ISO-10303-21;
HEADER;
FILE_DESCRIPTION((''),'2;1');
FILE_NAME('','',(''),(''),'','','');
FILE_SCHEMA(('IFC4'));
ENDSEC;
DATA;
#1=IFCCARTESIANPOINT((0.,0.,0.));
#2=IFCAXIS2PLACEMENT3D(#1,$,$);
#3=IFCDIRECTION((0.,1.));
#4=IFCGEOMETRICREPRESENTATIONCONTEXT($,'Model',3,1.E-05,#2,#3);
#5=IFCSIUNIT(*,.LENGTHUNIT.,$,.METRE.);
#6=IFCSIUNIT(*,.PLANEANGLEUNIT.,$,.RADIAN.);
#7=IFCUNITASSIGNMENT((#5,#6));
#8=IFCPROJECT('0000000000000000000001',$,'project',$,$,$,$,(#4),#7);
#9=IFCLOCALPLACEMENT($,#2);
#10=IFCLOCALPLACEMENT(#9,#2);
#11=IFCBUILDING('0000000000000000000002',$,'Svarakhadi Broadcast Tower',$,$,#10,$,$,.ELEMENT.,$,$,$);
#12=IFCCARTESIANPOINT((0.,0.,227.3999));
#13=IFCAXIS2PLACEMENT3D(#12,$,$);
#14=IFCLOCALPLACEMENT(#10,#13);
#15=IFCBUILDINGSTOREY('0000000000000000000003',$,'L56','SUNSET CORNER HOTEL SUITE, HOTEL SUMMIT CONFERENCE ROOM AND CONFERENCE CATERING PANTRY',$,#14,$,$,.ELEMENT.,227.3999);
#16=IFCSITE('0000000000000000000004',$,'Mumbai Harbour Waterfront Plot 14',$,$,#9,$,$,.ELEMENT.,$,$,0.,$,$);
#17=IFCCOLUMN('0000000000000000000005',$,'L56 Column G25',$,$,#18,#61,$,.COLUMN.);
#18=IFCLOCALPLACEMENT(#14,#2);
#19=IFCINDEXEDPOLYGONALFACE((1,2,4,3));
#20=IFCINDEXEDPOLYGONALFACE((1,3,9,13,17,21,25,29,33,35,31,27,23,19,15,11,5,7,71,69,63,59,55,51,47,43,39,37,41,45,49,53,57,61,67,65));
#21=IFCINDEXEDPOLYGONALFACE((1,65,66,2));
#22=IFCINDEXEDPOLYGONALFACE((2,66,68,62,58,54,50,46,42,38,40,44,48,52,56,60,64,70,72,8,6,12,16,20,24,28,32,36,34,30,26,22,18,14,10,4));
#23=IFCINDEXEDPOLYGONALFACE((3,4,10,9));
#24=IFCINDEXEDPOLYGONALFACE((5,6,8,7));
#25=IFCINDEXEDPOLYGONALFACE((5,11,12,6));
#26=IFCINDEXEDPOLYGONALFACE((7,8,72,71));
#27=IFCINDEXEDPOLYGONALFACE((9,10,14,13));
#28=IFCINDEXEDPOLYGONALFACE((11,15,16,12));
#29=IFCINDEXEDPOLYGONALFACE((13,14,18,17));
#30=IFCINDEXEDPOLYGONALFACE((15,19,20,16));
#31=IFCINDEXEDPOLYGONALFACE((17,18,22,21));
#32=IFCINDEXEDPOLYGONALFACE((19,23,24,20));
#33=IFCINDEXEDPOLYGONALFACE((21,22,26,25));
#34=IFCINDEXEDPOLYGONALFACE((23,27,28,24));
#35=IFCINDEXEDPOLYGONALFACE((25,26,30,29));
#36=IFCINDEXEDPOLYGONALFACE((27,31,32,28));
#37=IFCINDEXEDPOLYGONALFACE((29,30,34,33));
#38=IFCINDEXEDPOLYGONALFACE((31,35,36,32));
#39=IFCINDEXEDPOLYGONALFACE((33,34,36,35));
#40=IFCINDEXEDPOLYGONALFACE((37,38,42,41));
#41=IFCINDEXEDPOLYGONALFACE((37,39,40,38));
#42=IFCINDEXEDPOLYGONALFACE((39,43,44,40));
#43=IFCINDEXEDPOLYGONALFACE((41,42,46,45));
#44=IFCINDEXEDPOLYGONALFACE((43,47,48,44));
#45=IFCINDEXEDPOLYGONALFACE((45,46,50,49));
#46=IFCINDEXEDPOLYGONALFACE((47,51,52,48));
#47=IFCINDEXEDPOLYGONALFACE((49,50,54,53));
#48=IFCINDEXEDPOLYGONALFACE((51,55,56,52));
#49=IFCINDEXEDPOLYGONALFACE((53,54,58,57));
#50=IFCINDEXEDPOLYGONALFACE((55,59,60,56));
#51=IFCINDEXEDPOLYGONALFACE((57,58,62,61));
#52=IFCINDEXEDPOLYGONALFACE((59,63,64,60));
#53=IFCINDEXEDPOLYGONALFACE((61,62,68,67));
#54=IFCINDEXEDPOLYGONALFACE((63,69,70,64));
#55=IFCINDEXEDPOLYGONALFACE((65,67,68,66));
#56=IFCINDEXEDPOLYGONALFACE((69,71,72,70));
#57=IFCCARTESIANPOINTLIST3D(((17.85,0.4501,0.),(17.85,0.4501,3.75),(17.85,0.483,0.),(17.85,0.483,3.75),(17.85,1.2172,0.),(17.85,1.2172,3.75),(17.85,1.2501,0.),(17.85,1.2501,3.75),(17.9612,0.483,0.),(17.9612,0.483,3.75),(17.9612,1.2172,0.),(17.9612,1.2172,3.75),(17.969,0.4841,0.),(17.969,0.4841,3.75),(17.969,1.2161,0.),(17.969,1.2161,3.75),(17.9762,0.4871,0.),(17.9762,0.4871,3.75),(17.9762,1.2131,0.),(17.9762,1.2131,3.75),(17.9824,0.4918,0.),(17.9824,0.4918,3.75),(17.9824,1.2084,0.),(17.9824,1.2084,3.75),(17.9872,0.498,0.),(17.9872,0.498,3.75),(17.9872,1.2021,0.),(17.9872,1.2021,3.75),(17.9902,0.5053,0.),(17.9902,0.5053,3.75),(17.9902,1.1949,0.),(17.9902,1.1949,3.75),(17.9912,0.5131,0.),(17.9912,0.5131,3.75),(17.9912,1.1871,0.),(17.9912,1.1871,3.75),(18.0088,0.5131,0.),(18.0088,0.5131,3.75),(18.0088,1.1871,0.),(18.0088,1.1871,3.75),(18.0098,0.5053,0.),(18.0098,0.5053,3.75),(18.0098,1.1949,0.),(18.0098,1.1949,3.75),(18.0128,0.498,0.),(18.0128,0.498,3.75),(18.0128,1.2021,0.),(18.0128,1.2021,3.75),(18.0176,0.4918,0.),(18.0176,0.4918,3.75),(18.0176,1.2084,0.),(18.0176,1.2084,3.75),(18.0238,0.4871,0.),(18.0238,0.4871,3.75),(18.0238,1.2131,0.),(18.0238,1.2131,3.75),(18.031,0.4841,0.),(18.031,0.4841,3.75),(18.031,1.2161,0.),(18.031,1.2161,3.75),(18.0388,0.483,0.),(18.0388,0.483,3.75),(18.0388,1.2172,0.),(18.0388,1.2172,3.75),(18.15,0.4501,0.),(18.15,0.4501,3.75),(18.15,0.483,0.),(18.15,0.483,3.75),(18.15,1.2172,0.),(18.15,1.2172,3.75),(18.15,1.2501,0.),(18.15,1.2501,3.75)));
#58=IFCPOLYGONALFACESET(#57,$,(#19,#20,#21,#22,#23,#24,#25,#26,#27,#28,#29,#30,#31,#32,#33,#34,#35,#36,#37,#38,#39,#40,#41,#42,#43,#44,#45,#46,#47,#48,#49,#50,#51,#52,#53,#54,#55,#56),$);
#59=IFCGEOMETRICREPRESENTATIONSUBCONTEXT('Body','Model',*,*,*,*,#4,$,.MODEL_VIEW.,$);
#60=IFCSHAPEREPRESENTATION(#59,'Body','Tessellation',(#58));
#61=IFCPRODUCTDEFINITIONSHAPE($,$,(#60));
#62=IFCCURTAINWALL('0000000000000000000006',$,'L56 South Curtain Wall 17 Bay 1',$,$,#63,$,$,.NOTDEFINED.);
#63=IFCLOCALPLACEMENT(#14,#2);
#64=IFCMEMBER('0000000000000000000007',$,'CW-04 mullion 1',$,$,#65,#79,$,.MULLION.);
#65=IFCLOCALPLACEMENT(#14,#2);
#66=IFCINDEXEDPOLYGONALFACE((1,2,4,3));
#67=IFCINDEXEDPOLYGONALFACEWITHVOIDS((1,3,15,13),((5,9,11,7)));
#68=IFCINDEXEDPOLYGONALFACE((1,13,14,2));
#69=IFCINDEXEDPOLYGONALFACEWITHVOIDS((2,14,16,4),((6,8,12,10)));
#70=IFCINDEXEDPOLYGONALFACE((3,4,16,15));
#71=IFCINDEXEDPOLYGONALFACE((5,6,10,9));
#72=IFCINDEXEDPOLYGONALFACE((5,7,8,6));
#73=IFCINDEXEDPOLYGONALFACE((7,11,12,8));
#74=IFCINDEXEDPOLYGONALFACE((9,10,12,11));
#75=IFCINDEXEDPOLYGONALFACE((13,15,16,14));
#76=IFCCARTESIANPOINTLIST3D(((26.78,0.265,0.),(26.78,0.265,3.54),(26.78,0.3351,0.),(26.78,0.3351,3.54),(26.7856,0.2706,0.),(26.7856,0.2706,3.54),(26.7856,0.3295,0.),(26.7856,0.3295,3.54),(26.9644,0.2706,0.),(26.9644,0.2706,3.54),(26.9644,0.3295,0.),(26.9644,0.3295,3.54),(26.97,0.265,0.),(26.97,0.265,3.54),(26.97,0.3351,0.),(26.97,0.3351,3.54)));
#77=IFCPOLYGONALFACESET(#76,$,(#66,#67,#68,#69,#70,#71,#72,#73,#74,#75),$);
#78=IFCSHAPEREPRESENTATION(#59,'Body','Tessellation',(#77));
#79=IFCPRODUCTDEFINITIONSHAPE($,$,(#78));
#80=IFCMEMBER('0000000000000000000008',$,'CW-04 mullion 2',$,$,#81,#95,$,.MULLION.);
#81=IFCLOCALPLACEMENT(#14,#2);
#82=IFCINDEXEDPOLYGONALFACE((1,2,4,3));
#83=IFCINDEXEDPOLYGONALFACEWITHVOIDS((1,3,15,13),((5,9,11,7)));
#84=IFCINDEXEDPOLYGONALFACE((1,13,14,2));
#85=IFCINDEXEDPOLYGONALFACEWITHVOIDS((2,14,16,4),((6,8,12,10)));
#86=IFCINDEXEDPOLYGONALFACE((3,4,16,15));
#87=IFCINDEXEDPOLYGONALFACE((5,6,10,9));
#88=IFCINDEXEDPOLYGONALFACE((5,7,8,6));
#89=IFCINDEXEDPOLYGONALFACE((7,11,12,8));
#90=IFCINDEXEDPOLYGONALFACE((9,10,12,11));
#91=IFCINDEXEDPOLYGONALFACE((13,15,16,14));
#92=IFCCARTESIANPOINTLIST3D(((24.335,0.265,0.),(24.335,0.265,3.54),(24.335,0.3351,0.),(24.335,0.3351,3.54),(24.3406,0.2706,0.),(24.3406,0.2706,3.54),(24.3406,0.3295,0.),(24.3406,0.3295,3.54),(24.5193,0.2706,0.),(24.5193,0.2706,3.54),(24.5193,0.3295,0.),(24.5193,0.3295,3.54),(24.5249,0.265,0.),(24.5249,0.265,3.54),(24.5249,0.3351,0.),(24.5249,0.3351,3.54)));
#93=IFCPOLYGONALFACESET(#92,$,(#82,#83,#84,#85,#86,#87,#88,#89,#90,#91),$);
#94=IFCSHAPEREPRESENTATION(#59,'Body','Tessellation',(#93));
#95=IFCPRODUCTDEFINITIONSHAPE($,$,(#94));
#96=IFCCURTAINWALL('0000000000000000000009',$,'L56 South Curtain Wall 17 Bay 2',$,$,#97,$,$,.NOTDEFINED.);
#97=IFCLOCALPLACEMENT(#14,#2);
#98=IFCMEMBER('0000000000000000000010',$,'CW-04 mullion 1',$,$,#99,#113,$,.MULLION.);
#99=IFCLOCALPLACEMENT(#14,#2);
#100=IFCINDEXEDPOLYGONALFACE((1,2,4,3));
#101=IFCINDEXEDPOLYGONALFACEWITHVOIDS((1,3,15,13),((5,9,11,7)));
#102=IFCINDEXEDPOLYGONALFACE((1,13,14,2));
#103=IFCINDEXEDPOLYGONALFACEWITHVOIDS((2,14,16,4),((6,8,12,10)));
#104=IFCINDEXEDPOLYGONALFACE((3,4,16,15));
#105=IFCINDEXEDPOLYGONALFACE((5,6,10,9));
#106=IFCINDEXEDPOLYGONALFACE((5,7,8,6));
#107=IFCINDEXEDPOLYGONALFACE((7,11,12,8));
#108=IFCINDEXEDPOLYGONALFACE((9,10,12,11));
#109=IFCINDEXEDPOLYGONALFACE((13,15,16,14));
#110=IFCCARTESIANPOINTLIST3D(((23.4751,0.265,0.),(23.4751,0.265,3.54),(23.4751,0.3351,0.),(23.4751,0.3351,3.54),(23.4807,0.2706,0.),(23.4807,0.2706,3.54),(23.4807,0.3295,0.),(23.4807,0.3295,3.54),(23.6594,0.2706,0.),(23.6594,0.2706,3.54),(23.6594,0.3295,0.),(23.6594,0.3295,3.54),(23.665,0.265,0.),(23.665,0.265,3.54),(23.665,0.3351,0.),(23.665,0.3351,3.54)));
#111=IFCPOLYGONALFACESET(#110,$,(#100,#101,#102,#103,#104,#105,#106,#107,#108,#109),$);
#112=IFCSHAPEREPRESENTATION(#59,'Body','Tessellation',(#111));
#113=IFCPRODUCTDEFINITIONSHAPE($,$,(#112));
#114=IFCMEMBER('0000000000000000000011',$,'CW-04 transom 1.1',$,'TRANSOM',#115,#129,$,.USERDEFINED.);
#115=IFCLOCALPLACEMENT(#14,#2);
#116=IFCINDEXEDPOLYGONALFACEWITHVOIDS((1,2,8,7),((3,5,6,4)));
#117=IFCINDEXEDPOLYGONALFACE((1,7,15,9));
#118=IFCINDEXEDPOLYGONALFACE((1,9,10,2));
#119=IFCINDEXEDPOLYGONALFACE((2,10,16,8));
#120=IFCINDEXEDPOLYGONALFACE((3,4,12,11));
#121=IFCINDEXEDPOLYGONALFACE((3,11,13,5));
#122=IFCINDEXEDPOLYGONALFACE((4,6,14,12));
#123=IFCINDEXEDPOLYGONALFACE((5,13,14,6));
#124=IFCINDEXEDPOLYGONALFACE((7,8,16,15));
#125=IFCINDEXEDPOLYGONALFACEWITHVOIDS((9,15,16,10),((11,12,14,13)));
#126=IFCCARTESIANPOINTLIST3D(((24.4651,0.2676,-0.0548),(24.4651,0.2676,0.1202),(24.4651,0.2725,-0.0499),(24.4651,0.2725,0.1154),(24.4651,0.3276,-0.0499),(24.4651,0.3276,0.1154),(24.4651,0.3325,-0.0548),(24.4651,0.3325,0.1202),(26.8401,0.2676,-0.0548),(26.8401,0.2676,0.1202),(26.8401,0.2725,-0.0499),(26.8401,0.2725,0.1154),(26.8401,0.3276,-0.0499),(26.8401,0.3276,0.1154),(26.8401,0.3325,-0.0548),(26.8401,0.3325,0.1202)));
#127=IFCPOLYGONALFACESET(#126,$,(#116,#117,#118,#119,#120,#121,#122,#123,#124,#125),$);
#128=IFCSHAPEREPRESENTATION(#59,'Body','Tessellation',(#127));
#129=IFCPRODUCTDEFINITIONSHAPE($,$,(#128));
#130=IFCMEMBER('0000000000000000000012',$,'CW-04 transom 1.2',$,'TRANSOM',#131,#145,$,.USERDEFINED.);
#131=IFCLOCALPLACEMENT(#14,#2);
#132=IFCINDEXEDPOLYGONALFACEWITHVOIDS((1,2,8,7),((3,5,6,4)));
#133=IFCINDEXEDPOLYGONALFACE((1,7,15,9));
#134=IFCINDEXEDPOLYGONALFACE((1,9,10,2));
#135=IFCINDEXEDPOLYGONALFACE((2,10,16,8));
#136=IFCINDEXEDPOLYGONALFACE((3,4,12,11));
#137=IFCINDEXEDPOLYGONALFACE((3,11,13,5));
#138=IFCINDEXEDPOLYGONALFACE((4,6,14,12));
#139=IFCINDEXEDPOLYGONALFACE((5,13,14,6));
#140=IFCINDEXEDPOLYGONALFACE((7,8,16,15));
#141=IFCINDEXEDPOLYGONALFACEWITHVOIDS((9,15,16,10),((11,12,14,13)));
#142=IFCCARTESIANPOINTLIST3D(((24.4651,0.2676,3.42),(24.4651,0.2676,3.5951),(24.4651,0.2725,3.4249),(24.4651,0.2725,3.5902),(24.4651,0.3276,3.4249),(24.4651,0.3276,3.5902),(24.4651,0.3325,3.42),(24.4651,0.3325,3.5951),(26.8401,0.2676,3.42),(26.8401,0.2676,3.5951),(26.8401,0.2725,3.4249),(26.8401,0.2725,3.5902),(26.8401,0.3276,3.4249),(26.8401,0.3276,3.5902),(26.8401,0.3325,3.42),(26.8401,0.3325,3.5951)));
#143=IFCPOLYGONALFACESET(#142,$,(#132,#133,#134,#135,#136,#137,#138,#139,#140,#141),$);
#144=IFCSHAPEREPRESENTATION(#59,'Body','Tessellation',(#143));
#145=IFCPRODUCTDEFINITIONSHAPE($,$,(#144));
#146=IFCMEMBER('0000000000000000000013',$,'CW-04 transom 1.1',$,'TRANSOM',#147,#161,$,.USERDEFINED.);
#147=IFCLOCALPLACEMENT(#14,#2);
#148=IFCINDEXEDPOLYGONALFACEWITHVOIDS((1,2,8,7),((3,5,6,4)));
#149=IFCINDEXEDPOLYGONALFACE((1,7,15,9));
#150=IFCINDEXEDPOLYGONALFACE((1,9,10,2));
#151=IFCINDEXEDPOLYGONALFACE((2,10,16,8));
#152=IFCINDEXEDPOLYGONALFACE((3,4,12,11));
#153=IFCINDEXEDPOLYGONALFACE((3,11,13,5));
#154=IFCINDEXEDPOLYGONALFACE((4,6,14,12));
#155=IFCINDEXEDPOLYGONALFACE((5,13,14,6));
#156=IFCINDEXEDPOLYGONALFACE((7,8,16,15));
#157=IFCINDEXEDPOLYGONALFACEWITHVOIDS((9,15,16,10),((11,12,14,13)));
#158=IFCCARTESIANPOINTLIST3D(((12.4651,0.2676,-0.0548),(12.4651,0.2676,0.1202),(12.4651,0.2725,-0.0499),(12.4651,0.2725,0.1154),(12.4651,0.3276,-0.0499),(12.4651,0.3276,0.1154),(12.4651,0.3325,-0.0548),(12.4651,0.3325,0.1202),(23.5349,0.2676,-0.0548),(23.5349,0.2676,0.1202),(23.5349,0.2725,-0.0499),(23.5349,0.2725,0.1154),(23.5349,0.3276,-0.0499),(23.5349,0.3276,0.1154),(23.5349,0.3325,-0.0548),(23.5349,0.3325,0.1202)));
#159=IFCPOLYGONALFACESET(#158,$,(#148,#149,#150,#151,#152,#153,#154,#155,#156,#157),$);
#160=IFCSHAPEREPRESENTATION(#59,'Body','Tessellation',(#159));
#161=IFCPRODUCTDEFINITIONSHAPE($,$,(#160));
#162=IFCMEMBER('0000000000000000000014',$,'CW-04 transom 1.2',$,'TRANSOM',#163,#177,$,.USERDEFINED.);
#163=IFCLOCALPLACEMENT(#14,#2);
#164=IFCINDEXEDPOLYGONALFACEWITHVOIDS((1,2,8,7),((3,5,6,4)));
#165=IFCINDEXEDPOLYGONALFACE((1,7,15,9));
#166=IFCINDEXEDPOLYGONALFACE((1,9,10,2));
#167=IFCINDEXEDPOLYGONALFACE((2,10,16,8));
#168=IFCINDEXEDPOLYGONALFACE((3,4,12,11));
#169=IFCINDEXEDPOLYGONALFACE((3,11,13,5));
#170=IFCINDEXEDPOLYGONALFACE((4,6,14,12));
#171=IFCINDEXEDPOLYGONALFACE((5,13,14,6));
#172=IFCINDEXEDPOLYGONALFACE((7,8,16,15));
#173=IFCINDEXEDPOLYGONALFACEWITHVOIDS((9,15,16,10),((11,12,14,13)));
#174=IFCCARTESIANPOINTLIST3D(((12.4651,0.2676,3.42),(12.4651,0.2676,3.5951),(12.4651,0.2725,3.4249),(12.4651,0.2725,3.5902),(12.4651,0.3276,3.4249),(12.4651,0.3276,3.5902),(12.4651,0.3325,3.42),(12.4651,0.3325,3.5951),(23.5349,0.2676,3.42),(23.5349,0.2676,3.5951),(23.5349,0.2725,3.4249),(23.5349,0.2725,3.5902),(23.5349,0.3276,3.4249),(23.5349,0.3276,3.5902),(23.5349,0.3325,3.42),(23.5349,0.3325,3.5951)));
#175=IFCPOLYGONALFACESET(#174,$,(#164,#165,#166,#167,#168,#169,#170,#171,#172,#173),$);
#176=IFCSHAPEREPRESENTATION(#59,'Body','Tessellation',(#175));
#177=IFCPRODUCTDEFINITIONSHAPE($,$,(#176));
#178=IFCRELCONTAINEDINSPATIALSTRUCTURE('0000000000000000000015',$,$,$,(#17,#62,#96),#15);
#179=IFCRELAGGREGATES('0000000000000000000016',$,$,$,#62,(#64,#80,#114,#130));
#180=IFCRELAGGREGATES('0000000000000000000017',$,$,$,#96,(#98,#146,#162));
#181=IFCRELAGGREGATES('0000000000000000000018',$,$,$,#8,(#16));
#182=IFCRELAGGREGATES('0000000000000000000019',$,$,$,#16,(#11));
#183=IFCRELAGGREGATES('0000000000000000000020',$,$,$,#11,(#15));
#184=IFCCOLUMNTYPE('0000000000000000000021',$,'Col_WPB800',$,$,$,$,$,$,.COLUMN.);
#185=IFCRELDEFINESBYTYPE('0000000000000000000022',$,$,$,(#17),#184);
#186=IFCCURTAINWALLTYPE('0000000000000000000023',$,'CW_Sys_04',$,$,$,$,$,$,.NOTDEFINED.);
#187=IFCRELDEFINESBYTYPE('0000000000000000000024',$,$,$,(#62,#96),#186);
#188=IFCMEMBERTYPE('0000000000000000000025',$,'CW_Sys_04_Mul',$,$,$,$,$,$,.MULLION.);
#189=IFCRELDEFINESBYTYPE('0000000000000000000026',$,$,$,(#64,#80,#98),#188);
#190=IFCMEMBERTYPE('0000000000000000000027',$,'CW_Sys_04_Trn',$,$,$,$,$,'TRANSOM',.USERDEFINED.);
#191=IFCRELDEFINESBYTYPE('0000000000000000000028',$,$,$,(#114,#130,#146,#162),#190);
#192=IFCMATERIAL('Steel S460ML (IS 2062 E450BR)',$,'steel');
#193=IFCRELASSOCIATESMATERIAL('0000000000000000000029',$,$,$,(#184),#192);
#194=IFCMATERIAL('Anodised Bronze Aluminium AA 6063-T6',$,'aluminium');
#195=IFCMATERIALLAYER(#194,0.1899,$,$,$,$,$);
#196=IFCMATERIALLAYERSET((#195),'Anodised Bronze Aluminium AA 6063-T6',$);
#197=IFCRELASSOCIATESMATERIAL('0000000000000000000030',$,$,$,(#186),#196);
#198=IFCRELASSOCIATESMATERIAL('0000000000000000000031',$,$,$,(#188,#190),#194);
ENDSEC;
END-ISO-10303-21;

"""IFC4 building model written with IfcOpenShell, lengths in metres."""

from ifc_helpers import new_model, si_unit, direction, frame, origin, origin_2d, place, context, subcontext, project, spatial, hollow_rectangle, i_section, extrude, material, layer, layer_set, material_profile, profile_set, type_object, element, aggregate, save


model = new_model("IFC4")

# Units and contexts
model_context = context("Model", 3, precision=1e-05, world=origin(), true_north=direction((0.0, 1.0)))
body_context = subcontext(model_context, "Body", "Model", "MODEL_VIEW")
ifc_project = project(units=[si_unit("LENGTHUNIT", "METRE"), si_unit("PLANEANGLEUNIT", "RADIAN")], contexts=[model_context])

# Site, building, storey
site_placement = place(None, origin())
site = spatial("IfcSite", under=ifc_project, at=site_placement, Name="Mumbai Harbour Waterfront Plot 14", CompositionType="ELEMENT", RefElevation=0.0)
building_placement = place(site_placement, origin())
building = spatial("IfcBuilding", under=site, at=building_placement, Name="Svarakhadi Broadcast Tower", CompositionType="ELEMENT")
storey_placement = place(building_placement, frame((0.0, 0.0, 227.3999)))
storey = spatial("IfcBuildingStorey", under=building, at=storey_placement, Name="L56", Description="SUNSET CORNER HOTEL SUITE, HOTEL SUMMIT CONFERENCE ROOM AND CONFERENCE CATERING PANTRY", CompositionType="ELEMENT", Elevation=227.3999)

# Column
ifc_material_1 = material(Name="Steel S460ML (IS 2062 E450BR)", Category="steel")
ifc_material_profile_1 = material_profile(ifc_material_1, i_section(OverallWidth=0.3, OverallDepth=0.8, WebThickness=0.0176, FlangeThickness=0.033, FilletRadius=0.03, at=origin_2d()), Name="WPB 800x300x262")
ifc_profile_set_1 = profile_set([ifc_material_profile_1], Name="Steel S460ML (IS 2062 E450BR)")
column_type = type_object("IfcColumnType", Name="Col_WPB800", PredefinedType="COLUMN", material=ifc_profile_set_1)
column_placement = place(storey_placement, frame((18.0, 0.8501, 0.0), z_axis=(0.0, 0.0, 1.0), x_axis=(1.0, 0.0, 0.0)))
element("IfcColumn", 1, at=column_placement, inside=storey, type_object=column_type, Name="L56 Column G25", PredefinedType="COLUMN", context=body_context, shape_type="SweptSolid", body=[
    extrude(i_section(OverallWidth=0.3, OverallDepth=0.8, WebThickness=0.0176, FlangeThickness=0.033, FilletRadius=0.03, at=origin_2d()), origin(), (0.0, 0.0, 1.0), 3.75),
])

# Curtain wall, members
ifc_material_2 = material(Name="Anodised Bronze Aluminium AA 6063-T6", Category="aluminium")
ifc_layer_1 = layer(ifc_material_2, 0.1899)
ifc_layer_set_1 = layer_set([ifc_layer_1], Name="Anodised Bronze Aluminium AA 6063-T6")
curtain_wall_type = type_object("IfcCurtainWallType", Name="CW_Sys_04", PredefinedType="NOTDEFINED", material=ifc_layer_set_1)
curtain_wall_1_placement = place(storey_placement, origin())
curtain_wall_1 = element("IfcCurtainWall", 2, at=curtain_wall_1_placement, inside=storey, type_object=curtain_wall_type, Name="L56 South Curtain Wall 17 Bay 1", PredefinedType="NOTDEFINED")
ifc_material_profile_2 = material_profile(ifc_material_2, hollow_rectangle(XDim=0.0701, YDim=0.1899, WallThickness=0.0056, at=origin_2d()), Name="ALU MULLION 190x70x6")
ifc_profile_set_2 = profile_set([ifc_material_profile_2], Name="Anodised Bronze Aluminium AA 6063-T6")
member_type_1 = type_object("IfcMemberType", Name="CW_Sys_04_Mul", PredefinedType="MULLION", material=ifc_profile_set_2)
member_1_placement = place(storey_placement, frame((26.875, 0.3, 0.0), z_axis=(0.0, 0.0, 1.0), x_axis=(0.0, -1.0, 0.0)))
member_1 = element("IfcMember", 3, at=member_1_placement, type_object=member_type_1, Name="CW-04 mullion 1", PredefinedType="MULLION", context=body_context, shape_type="SweptSolid", body=[
    extrude(hollow_rectangle(XDim=0.0701, YDim=0.1899, WallThickness=0.0056, at=origin_2d()), origin(), (0.0, 0.0, 1.0), 3.54),
])
member_2_placement = place(storey_placement, frame((24.4299, 0.3, 0.0), z_axis=(0.0, 0.0, 1.0), x_axis=(0.0, -1.0, 0.0)))
member_2 = element("IfcMember", 4, at=member_2_placement, type_object=member_type_1, Name="CW-04 mullion 2", PredefinedType="MULLION", context=body_context, shape_type="SweptSolid", body=[
    extrude(hollow_rectangle(XDim=0.0701, YDim=0.1899, WallThickness=0.0056, at=origin_2d()), origin(), (0.0, 0.0, 1.0), 3.54),
])

# Curtain wall, member
curtain_wall_2_placement = place(storey_placement, origin())
curtain_wall_2 = element("IfcCurtainWall", 5, at=curtain_wall_2_placement, inside=storey, type_object=curtain_wall_type, Name="L56 South Curtain Wall 17 Bay 2", PredefinedType="NOTDEFINED")
member_3_placement = place(storey_placement, frame((23.5701, 0.3, 0.0), z_axis=(0.0, 0.0, 1.0), x_axis=(0.0, -1.0, 0.0)))
member_3 = element("IfcMember", 6, at=member_3_placement, type_object=member_type_1, Name="CW-04 mullion 1", PredefinedType="MULLION", context=body_context, shape_type="SweptSolid", body=[
    extrude(hollow_rectangle(XDim=0.0701, YDim=0.1899, WallThickness=0.0056, at=origin_2d()), origin(), (0.0, 0.0, 1.0), 3.54),
])

# Members
ifc_material_profile_3 = material_profile(ifc_material_2, hollow_rectangle(XDim=0.0649, YDim=0.175, WallThickness=0.0049, at=origin_2d()), Name="ALU TRANSOM 175x65x5")
ifc_profile_set_3 = profile_set([ifc_material_profile_3], Name="Anodised Bronze Aluminium AA 6063-T6")
member_type_2 = type_object("IfcMemberType", Name="CW_Sys_04_Trn", ElementType="TRANSOM", PredefinedType="USERDEFINED", material=ifc_profile_set_3)
member_4_placement = place(storey_placement, frame((26.8401, 0.3, 0.0327), z_axis=(-1.0, 0.0, 0.0), x_axis=(0.0, -1.0, 0.0)))
member_4 = element("IfcMember", 7, at=member_4_placement, type_object=member_type_2, Name="CW-04 transom 1.1", ObjectType="TRANSOM", PredefinedType="USERDEFINED", context=body_context, shape_type="SweptSolid", body=[
    extrude(hollow_rectangle(XDim=0.0649, YDim=0.175, WallThickness=0.0049, at=origin_2d()), origin(), (0.0, 0.0, 1.0), 2.375),
])
member_5_placement = place(storey_placement, frame((26.8401, 0.3, 3.5076), z_axis=(-1.0, 0.0, 0.0), x_axis=(0.0, -1.0, 0.0)))
member_5 = element("IfcMember", 8, at=member_5_placement, type_object=member_type_2, Name="CW-04 transom 1.2", ObjectType="TRANSOM", PredefinedType="USERDEFINED", context=body_context, shape_type="SweptSolid", body=[
    extrude(hollow_rectangle(XDim=0.0649, YDim=0.175, WallThickness=0.0049, at=origin_2d()), origin(), (0.0, 0.0, 1.0), 2.375),
])
member_6_placement = place(storey_placement, frame((23.5349, 0.3, 0.0327), z_axis=(-1.0, 0.0, 0.0), x_axis=(0.0, -1.0, 0.0)))
member_6 = element("IfcMember", 9, at=member_6_placement, type_object=member_type_2, Name="CW-04 transom 1.1", ObjectType="TRANSOM", PredefinedType="USERDEFINED", context=body_context, shape_type="SweptSolid", body=[
    extrude(hollow_rectangle(XDim=0.0649, YDim=0.175, WallThickness=0.0049, at=origin_2d()), origin(), (0.0, 0.0, 1.0), 11.0698),
])
member_7_placement = place(storey_placement, frame((23.5349, 0.3, 3.5076), z_axis=(-1.0, 0.0, 0.0), x_axis=(0.0, -1.0, 0.0)))
member_7 = element("IfcMember", 10, at=member_7_placement, type_object=member_type_2, Name="CW-04 transom 1.2", ObjectType="TRANSOM", PredefinedType="USERDEFINED", context=body_context, shape_type="SweptSolid", body=[
    extrude(hollow_rectangle(XDim=0.0649, YDim=0.175, WallThickness=0.0049, at=origin_2d()), origin(), (0.0, 0.0, 1.0), 11.0698),
])

aggregate(curtain_wall_1, [member_1, member_2, member_4, member_5])
aggregate(curtain_wall_2, [member_3, member_6, member_7])

save(model, "model.ifc")
